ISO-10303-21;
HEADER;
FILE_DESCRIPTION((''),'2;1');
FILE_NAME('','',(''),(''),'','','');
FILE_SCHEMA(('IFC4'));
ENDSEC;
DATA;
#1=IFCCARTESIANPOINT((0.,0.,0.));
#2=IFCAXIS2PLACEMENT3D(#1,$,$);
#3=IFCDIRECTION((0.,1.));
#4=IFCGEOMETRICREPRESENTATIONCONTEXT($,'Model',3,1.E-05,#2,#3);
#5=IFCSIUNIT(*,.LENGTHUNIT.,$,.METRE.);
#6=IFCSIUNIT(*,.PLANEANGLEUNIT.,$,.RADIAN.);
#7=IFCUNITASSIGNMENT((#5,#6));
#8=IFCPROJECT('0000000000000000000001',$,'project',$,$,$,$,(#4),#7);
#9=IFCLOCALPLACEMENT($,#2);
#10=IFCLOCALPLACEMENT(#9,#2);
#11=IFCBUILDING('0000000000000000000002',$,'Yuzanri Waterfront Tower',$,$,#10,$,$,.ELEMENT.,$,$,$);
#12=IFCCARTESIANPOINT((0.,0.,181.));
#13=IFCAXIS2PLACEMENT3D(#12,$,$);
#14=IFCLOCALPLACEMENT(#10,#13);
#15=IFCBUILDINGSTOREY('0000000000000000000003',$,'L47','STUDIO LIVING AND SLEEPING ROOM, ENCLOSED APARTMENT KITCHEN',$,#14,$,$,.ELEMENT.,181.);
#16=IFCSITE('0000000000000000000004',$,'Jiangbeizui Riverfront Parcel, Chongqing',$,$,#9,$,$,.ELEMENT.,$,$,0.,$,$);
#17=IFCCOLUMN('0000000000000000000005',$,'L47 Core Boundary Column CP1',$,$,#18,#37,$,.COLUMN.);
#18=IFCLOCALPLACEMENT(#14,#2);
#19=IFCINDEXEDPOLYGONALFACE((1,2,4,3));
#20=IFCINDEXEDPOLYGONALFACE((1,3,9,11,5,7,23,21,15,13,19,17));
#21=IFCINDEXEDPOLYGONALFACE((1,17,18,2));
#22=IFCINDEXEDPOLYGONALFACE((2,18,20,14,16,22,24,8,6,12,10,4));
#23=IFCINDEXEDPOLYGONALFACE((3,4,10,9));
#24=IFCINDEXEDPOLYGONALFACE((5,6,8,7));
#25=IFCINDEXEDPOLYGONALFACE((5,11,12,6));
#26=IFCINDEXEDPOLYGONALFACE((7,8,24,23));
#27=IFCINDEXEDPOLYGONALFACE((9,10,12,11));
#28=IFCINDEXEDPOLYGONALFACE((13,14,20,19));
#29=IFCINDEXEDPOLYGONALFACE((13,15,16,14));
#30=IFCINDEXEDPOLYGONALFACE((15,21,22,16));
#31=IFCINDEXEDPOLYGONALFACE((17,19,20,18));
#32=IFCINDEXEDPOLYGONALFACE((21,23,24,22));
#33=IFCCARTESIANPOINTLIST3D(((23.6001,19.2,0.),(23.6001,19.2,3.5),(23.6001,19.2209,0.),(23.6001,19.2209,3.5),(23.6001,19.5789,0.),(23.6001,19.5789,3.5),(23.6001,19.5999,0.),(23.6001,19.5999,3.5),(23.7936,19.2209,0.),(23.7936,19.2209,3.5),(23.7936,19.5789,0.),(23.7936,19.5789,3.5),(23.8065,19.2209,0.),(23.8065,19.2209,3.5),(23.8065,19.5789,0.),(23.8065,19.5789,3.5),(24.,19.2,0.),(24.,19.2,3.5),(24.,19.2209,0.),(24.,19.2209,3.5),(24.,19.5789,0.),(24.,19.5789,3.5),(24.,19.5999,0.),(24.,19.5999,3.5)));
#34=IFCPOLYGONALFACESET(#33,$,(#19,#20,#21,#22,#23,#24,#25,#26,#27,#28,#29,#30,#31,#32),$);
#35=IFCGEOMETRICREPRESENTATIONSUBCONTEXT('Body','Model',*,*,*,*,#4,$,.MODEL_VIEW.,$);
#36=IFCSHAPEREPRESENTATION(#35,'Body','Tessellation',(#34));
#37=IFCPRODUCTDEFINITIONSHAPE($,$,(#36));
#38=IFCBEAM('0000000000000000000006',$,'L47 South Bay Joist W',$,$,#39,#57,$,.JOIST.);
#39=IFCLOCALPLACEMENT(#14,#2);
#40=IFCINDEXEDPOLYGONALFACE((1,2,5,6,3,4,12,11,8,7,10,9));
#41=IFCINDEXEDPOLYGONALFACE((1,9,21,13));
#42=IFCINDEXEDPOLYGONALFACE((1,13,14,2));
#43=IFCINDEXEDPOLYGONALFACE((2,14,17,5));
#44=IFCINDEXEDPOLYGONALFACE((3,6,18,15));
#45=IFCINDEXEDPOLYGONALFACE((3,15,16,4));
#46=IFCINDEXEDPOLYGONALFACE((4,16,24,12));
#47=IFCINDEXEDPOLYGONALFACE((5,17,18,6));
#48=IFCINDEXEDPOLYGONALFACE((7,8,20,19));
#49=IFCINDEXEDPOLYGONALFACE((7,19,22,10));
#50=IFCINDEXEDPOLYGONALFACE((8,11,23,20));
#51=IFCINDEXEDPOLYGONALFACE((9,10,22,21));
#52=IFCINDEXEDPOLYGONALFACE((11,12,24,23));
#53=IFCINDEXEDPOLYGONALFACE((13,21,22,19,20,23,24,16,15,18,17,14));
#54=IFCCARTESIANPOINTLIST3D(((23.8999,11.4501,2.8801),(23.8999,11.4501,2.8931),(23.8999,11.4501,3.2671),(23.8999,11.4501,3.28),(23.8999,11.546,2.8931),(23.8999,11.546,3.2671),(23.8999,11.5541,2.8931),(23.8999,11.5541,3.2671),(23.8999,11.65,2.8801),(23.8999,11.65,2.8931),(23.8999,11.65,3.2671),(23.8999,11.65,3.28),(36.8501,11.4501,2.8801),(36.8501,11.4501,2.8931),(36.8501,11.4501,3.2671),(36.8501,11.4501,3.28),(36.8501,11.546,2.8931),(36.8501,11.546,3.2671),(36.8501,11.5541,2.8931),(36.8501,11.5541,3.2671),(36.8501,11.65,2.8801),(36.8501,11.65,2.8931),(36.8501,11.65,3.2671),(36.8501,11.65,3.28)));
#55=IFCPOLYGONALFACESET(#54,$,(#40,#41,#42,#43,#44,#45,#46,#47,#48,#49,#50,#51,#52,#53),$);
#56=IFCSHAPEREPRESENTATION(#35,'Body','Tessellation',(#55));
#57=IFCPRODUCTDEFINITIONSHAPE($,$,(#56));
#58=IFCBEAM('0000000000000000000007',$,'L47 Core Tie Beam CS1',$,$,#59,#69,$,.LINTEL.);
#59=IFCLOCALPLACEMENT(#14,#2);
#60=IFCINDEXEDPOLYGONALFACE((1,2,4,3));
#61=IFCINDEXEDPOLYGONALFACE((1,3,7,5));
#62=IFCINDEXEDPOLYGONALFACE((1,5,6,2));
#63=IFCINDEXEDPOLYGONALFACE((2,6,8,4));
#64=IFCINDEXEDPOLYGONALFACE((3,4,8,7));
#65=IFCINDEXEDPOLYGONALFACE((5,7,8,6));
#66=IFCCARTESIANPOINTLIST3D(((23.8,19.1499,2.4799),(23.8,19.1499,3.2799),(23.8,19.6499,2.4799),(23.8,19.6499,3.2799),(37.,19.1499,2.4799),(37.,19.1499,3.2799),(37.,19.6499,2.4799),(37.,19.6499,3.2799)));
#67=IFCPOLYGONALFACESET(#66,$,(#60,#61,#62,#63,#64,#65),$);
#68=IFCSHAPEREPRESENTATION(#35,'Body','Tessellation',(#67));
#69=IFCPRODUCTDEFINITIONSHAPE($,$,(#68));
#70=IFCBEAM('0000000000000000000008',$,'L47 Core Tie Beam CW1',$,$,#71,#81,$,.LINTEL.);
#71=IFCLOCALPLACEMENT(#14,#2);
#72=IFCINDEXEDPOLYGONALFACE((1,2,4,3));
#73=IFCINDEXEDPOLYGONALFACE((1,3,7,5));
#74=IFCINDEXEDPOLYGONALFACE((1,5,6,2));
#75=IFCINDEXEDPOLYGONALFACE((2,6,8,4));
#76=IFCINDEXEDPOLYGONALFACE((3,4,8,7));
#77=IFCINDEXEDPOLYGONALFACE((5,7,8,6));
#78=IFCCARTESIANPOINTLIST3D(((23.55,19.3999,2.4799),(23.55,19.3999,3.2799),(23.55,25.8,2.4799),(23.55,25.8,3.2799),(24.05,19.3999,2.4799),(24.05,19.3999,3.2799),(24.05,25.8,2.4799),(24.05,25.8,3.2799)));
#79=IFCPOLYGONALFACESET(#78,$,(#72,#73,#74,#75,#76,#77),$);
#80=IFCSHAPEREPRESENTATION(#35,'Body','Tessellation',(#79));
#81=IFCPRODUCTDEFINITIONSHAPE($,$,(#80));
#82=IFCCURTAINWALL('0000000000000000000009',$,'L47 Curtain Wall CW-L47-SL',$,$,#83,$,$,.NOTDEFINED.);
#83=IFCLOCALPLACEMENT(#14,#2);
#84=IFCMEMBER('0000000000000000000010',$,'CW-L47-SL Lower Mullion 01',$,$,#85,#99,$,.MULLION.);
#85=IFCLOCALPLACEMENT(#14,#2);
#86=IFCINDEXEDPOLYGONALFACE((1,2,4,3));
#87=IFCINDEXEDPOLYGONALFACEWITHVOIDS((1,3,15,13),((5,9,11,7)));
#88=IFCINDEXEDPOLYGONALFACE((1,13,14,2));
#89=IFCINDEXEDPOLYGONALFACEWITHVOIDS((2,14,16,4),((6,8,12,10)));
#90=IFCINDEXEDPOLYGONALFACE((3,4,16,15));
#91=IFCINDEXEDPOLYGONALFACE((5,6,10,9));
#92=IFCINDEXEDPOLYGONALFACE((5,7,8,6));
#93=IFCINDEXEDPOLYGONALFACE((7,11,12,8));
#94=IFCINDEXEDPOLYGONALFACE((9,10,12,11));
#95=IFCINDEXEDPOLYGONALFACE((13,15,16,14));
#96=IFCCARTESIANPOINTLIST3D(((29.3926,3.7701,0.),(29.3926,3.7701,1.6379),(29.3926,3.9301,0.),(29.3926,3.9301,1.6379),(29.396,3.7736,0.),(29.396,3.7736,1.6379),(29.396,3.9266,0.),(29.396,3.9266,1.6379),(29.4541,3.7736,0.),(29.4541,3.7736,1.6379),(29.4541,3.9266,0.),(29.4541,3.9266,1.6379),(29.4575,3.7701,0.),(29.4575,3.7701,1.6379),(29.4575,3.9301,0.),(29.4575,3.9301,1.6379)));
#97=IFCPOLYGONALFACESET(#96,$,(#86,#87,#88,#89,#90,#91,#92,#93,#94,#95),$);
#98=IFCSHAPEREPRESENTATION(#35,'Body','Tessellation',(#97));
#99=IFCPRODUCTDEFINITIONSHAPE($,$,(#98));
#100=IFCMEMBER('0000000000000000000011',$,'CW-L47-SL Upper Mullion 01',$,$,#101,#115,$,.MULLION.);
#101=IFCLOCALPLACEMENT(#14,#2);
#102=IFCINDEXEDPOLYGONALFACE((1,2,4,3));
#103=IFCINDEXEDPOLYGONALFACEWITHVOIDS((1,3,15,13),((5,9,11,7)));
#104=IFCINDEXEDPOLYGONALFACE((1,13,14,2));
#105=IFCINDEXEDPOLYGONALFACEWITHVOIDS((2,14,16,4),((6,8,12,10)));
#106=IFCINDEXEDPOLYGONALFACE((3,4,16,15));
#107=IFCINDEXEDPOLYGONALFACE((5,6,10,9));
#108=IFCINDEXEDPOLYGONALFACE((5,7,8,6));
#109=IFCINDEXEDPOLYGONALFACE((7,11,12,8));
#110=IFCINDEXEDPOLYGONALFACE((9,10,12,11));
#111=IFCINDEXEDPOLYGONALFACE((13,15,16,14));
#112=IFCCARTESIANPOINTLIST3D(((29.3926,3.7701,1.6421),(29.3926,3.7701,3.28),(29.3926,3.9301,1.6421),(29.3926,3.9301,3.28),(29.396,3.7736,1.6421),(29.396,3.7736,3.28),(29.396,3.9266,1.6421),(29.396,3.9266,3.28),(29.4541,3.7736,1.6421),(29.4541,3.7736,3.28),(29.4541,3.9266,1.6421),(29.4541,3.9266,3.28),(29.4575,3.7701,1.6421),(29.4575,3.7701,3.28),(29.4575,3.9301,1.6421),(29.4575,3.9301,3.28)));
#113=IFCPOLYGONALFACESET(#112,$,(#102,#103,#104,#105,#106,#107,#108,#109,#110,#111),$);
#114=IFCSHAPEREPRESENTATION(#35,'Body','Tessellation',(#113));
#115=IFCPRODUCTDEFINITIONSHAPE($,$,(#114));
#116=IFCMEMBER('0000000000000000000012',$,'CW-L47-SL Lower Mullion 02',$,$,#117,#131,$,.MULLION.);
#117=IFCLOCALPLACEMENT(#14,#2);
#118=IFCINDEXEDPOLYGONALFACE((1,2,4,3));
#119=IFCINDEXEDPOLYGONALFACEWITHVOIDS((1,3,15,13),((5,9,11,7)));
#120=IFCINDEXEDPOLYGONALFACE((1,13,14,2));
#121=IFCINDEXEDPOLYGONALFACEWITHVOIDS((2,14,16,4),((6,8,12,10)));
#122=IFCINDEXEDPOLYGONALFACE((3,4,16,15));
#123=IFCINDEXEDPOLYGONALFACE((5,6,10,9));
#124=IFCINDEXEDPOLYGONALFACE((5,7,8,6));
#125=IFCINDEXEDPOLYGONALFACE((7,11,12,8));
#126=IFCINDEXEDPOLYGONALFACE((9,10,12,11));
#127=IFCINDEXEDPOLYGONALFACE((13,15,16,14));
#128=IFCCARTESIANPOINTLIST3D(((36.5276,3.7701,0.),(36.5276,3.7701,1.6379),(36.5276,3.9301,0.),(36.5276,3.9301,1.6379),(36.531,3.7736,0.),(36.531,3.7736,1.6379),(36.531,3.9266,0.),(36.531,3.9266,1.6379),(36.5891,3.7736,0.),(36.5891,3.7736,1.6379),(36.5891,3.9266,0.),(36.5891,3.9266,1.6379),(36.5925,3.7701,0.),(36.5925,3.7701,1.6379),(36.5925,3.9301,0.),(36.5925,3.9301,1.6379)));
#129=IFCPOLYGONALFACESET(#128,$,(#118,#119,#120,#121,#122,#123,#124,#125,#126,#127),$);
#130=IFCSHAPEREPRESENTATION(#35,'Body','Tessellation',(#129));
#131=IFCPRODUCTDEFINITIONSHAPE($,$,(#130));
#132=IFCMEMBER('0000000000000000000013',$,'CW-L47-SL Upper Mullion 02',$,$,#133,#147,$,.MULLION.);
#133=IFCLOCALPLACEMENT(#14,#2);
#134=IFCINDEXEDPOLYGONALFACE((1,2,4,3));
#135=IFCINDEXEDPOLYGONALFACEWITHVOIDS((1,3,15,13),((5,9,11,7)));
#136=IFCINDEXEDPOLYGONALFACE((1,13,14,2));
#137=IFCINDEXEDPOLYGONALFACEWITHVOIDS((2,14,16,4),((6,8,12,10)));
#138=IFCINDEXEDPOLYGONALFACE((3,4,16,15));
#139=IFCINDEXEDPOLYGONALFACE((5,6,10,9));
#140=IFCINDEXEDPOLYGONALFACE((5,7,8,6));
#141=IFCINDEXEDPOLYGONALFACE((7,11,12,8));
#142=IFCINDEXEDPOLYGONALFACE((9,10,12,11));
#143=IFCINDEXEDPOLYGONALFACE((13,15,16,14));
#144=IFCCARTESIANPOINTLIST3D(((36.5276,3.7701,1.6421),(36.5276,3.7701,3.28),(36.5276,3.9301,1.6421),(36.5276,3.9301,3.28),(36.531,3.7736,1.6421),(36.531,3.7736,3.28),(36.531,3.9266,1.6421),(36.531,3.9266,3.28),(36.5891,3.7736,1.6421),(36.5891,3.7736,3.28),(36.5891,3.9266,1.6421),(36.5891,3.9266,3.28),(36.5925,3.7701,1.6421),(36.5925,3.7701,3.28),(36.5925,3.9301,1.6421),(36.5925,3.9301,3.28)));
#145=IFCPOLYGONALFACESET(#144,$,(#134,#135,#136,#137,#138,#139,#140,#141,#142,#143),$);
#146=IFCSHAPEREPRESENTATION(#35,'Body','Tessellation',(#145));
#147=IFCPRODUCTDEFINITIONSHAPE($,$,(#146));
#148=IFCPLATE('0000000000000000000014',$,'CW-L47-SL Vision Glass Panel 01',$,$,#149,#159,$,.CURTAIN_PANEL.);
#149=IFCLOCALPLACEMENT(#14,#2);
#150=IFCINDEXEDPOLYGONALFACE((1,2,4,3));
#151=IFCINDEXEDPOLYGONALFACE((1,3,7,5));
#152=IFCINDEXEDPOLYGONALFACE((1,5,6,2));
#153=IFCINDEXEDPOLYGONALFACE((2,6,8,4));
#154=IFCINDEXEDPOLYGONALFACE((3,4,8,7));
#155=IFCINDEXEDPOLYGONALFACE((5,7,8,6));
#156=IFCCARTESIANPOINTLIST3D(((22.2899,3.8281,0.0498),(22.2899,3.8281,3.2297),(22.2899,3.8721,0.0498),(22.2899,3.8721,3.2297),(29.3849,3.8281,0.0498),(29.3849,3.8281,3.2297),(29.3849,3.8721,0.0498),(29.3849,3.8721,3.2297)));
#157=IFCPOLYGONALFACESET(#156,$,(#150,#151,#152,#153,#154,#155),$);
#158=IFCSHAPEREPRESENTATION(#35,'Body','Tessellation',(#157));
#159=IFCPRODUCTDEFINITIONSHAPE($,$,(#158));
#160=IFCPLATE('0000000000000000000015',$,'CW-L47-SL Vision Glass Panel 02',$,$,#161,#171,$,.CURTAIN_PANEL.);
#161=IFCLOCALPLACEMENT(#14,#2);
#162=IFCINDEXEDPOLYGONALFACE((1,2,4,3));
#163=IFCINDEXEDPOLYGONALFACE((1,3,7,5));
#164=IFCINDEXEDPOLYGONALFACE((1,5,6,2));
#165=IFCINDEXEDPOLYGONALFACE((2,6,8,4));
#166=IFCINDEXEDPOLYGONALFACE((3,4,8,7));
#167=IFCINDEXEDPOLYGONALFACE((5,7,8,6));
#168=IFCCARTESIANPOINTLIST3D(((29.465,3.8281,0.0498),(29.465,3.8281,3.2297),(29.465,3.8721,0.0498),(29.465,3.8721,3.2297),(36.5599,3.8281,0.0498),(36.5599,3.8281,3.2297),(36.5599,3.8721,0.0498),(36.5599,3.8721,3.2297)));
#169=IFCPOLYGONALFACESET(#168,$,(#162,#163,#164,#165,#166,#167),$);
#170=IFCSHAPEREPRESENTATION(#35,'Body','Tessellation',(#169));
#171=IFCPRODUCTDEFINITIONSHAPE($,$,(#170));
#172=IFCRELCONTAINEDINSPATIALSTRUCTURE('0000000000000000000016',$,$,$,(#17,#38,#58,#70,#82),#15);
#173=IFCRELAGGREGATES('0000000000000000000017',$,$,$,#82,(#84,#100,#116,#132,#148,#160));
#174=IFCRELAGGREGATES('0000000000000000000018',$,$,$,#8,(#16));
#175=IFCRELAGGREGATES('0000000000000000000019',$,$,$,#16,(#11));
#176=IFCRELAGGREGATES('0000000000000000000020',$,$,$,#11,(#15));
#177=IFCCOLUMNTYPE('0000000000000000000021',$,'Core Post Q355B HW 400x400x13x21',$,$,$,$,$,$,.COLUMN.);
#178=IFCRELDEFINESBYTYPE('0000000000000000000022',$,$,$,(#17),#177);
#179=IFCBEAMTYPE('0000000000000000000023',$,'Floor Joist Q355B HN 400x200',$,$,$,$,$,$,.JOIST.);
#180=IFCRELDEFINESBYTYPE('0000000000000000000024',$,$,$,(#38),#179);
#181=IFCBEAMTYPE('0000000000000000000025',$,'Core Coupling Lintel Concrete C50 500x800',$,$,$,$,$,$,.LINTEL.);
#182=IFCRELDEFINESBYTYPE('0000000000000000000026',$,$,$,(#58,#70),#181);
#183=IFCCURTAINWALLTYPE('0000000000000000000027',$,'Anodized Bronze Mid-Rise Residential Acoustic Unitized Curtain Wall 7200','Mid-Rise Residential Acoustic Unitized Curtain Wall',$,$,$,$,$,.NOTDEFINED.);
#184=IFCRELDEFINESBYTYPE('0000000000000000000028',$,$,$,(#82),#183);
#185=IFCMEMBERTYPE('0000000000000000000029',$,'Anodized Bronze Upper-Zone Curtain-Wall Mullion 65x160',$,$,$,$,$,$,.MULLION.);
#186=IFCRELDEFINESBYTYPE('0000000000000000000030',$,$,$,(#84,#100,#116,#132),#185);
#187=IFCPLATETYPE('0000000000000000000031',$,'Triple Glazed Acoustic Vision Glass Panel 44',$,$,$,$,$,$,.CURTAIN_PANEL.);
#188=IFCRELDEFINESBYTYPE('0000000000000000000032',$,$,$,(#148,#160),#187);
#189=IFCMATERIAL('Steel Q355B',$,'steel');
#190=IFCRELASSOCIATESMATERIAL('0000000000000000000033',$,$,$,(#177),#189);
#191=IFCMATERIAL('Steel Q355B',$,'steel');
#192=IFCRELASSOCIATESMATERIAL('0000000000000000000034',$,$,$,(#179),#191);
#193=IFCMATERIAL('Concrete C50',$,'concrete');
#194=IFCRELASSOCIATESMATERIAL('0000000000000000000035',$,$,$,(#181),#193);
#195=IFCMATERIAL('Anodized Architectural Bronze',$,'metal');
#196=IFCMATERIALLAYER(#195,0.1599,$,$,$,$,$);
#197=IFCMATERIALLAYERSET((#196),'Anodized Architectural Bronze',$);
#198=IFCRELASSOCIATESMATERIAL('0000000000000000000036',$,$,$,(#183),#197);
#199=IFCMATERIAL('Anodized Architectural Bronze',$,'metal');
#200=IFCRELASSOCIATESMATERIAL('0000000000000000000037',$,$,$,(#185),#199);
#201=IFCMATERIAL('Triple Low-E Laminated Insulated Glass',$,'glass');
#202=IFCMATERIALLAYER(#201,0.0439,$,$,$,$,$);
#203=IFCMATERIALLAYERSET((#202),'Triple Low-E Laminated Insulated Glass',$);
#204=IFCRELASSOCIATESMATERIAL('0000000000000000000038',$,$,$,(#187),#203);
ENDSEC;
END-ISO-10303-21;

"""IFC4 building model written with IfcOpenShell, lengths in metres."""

from ifc_helpers import new_model, si_unit, direction, frame, origin, origin_2d, place, context, subcontext, project, spatial, rectangle, hollow_rectangle, i_section, extrude, source, transform, mapped, material, layer, layer_set, material_profile, profile_set, type_object, element, aggregate, save


model = new_model("IFC4")

# Units and contexts
model_context = context("Model", 3, precision=1e-05, world=origin(), true_north=direction((0.0, 1.0)))
body_context = subcontext(model_context, "Body", "Model", "MODEL_VIEW")
ifc_project = project(units=[si_unit("LENGTHUNIT", "METRE"), si_unit("PLANEANGLEUNIT", "RADIAN")], contexts=[model_context])

# Site, building, storey
site_placement = place(None, origin())
site = spatial("IfcSite", under=ifc_project, at=site_placement, Name="Jiangbeizui Riverfront Parcel, Chongqing", CompositionType="ELEMENT", RefElevation=0.0)
building_placement = place(site_placement, origin())
building = spatial("IfcBuilding", under=site, at=building_placement, Name="Yuzanri Waterfront Tower", CompositionType="ELEMENT")
storey_placement = place(building_placement, frame((0.0, 0.0, 181.0)))
storey = spatial("IfcBuildingStorey", under=building, at=storey_placement, Name="L47", Description="STUDIO LIVING AND SLEEPING ROOM, ENCLOSED APARTMENT KITCHEN", CompositionType="ELEMENT", Elevation=181.0)

# Column
ifc_material_1 = material(Name="Steel Q355B", Category="steel")
ifc_material_profile_1 = material_profile(ifc_material_1, i_section(OverallWidth=0.3999, OverallDepth=0.3999, WebThickness=0.0129, FlangeThickness=0.021, at=origin_2d()), Name="HW 400x400x13x21")
ifc_profile_set_1 = profile_set([ifc_material_profile_1], Name="Steel Q355B")
column_type = type_object("IfcColumnType", Name="Core Post Q355B HW 400x400x13x21", PredefinedType="COLUMN", material=ifc_profile_set_1)
shared_shape_1 = source(origin(), body_context, "Body", "SweptSolid", [
    extrude(i_section(OverallWidth=0.3999, OverallDepth=0.3999, WebThickness=0.0129, FlangeThickness=0.021, at=origin_2d()), origin(), (0.0, 0.0, 1.0), 3.5),
])
column_placement = place(storey_placement, frame((23.8, 19.3999, 0.0), z_axis=(0.0, 0.0, 1.0), x_axis=(1.0, 0.0, 0.0)))
element("IfcColumn", 1, at=column_placement, inside=storey, type_object=column_type, Name="L47 Core Boundary Column CP1", PredefinedType="COLUMN", context=body_context, shape_type="MappedRepresentation", body=[
    mapped(shared_shape_1, transform((0.0, 0.0, 0.0), scale=1.0)),
])

# Beams
ifc_material_2 = material(Name="Steel Q355B", Category="steel")
ifc_material_profile_2 = material_profile(ifc_material_2, i_section(OverallWidth=0.2, OverallDepth=0.3999, WebThickness=0.0081, FlangeThickness=0.0129, at=origin_2d()), Name="HN 400x200x8x13")
ifc_profile_set_2 = profile_set([ifc_material_profile_2], Name="Steel Q355B")
beam_type_1 = type_object("IfcBeamType", Name="Floor Joist Q355B HN 400x200", PredefinedType="JOIST", material=ifc_profile_set_2)
shared_shape_2 = source(origin(), body_context, "Body", "SweptSolid", [
    extrude(i_section(OverallWidth=0.2, OverallDepth=0.3999, WebThickness=0.0081, FlangeThickness=0.0129, at=origin_2d()), origin(), (0.0, 0.0, 1.0), 12.9502),
])
beam_1_placement = place(storey_placement, frame((23.8999, 11.55, 3.0801), z_axis=(1.0, 0.0, 0.0), x_axis=(0.0, 1.0, 0.0)))
element("IfcBeam", 2, at=beam_1_placement, inside=storey, type_object=beam_type_1, Name="L47 South Bay Joist W", PredefinedType="JOIST", context=body_context, shape_type="MappedRepresentation", body=[
    mapped(shared_shape_2, transform((0.0, 0.0, 0.0), scale=1.0)),
])
ifc_material_3 = material(Name="Concrete C50", Category="concrete")
ifc_material_profile_3 = material_profile(ifc_material_3, rectangle(XDim=0.5, YDim=0.8, at=origin_2d()), Name="RC 500x800")
ifc_profile_set_3 = profile_set([ifc_material_profile_3], Name="Concrete C50")
beam_type_2 = type_object("IfcBeamType", Name="Core Coupling Lintel Concrete C50 500x800", PredefinedType="LINTEL", material=ifc_profile_set_3)
shared_shape_3 = source(origin(), body_context, "Body", "SweptSolid", [
    extrude(rectangle(XDim=0.5, YDim=0.8, at=origin_2d()), origin(), (0.0, 0.0, 1.0), 13.2),
])
beam_2_placement = place(storey_placement, frame((23.8, 19.3999, 2.8799), z_axis=(1.0, 0.0, 0.0), x_axis=(0.0, 1.0, 0.0)))
element("IfcBeam", 3, at=beam_2_placement, inside=storey, type_object=beam_type_2, Name="L47 Core Tie Beam CS1", PredefinedType="LINTEL", context=body_context, shape_type="MappedRepresentation", body=[
    mapped(shared_shape_3, transform((0.0, 0.0, 0.0), scale=1.0)),
])
shared_shape_4 = source(origin(), body_context, "Body", "SweptSolid", [
    extrude(rectangle(XDim=0.5, YDim=0.8, at=origin_2d()), origin(), (0.0, 0.0, 1.0), 6.4001),
])
beam_3_placement = place(storey_placement, frame((23.8, 19.3999, 2.8799), z_axis=(0.0, 1.0, 0.0), x_axis=(-1.0, 0.0, 0.0)))
element("IfcBeam", 4, at=beam_3_placement, inside=storey, type_object=beam_type_2, Name="L47 Core Tie Beam CW1", PredefinedType="LINTEL", context=body_context, shape_type="MappedRepresentation", body=[
    mapped(shared_shape_4, transform((0.0, 0.0, 0.0), scale=1.0)),
])

# Curtain wall, members, plates
ifc_material_4 = material(Name="Anodized Architectural Bronze", Category="metal")
ifc_layer_1 = layer(ifc_material_4, 0.1599)
ifc_layer_set_1 = layer_set([ifc_layer_1], Name="Anodized Architectural Bronze")
curtain_wall_type = type_object("IfcCurtainWallType", Name="Anodized Bronze Mid-Rise Residential Acoustic Unitized Curtain Wall 7200", Description="Mid-Rise Residential Acoustic Unitized Curtain Wall", PredefinedType="NOTDEFINED", material=ifc_layer_set_1)
curtain_wall_placement = place(storey_placement, origin())
curtain_wall = element("IfcCurtainWall", 5, at=curtain_wall_placement, inside=storey, type_object=curtain_wall_type, Name="L47 Curtain Wall CW-L47-SL", PredefinedType="NOTDEFINED")
ifc_material_5 = material(Name="Anodized Architectural Bronze", Category="metal")
ifc_material_profile_4 = material_profile(ifc_material_5, hollow_rectangle(XDim=0.0649, YDim=0.1599, WallThickness=0.0034, at=origin_2d()), Name="CWM 65x160")
ifc_profile_set_4 = profile_set([ifc_material_profile_4], Name="Anodized Architectural Bronze")
member_type = type_object("IfcMemberType", Name="Anodized Bronze Upper-Zone Curtain-Wall Mullion 65x160", PredefinedType="MULLION", material=ifc_profile_set_4)
shared_shape_5 = source(origin(), body_context, "Body", "SweptSolid", [
    extrude(hollow_rectangle(XDim=0.0649, YDim=0.1599, WallThickness=0.0034, at=origin_2d()), origin(), (0.0, 0.0, 1.0), 1.6379),
])
member_1_placement = place(storey_placement, frame((29.425, 3.8501, 0.0), z_axis=(0.0, 0.0, 1.0), x_axis=(1.0, 0.0, 0.0)))
member_1 = element("IfcMember", 6, at=member_1_placement, type_object=member_type, Name="CW-L47-SL Lower Mullion 01", PredefinedType="MULLION", context=body_context, shape_type="MappedRepresentation", body=[
    mapped(shared_shape_5, transform((0.0, 0.0, 0.0), scale=1.0)),
])
member_2_placement = place(storey_placement, frame((29.425, 3.8501, 1.6421), z_axis=(0.0, 0.0, 1.0), x_axis=(1.0, 0.0, 0.0)))
member_2 = element("IfcMember", 7, at=member_2_placement, type_object=member_type, Name="CW-L47-SL Upper Mullion 01", PredefinedType="MULLION", context=body_context, shape_type="MappedRepresentation", body=[
    mapped(shared_shape_5, transform((0.0, 0.0, 0.0), scale=1.0)),
])
member_3_placement = place(storey_placement, frame((36.5601, 3.8501, 0.0), z_axis=(0.0, 0.0, 1.0), x_axis=(1.0, 0.0, 0.0)))
member_3 = element("IfcMember", 8, at=member_3_placement, type_object=member_type, Name="CW-L47-SL Lower Mullion 02", PredefinedType="MULLION", context=body_context, shape_type="MappedRepresentation", body=[
    mapped(shared_shape_5, transform((0.0, 0.0, 0.0), scale=1.0)),
])
member_4_placement = place(storey_placement, frame((36.5601, 3.8501, 1.6421), z_axis=(0.0, 0.0, 1.0), x_axis=(1.0, 0.0, 0.0)))
member_4 = element("IfcMember", 9, at=member_4_placement, type_object=member_type, Name="CW-L47-SL Upper Mullion 02", PredefinedType="MULLION", context=body_context, shape_type="MappedRepresentation", body=[
    mapped(shared_shape_5, transform((0.0, 0.0, 0.0), scale=1.0)),
])
ifc_material_6 = material(Name="Triple Low-E Laminated Insulated Glass", Category="glass")
ifc_layer_2 = layer(ifc_material_6, 0.0439)
ifc_layer_set_2 = layer_set([ifc_layer_2], Name="Triple Low-E Laminated Insulated Glass")
plate_type = type_object("IfcPlateType", Name="Triple Glazed Acoustic Vision Glass Panel 44", PredefinedType="CURTAIN_PANEL", material=ifc_layer_set_2)
shared_shape_6 = source(origin(), body_context, "Body", "SweptSolid", [
    extrude(rectangle(XDim=7.095, YDim=0.0439, at=origin_2d()), origin(), (0.0, 0.0, 1.0), 3.1799),
])
plate_1_placement = place(storey_placement, frame((25.8374, 3.8501, 0.0498), z_axis=(0.0, 0.0, 1.0), x_axis=(1.0, 0.0, 0.0)))
plate_1 = element("IfcPlate", 10, at=plate_1_placement, type_object=plate_type, Name="CW-L47-SL Vision Glass Panel 01", PredefinedType="CURTAIN_PANEL", context=body_context, shape_type="MappedRepresentation", body=[
    mapped(shared_shape_6, transform((0.0, 0.0, 0.0), scale=1.0)),
])
plate_2_placement = place(storey_placement, frame((33.0125, 3.8501, 0.0498), z_axis=(0.0, 0.0, 1.0), x_axis=(1.0, 0.0, 0.0)))
plate_2 = element("IfcPlate", 11, at=plate_2_placement, type_object=plate_type, Name="CW-L47-SL Vision Glass Panel 02", PredefinedType="CURTAIN_PANEL", context=body_context, shape_type="MappedRepresentation", body=[
    mapped(shared_shape_6, transform((0.0, 0.0, 0.0), scale=1.0)),
])
aggregate(curtain_wall, [member_1, member_2, member_3, member_4, plate_1, plate_2])

save(model, "model.ifc")
